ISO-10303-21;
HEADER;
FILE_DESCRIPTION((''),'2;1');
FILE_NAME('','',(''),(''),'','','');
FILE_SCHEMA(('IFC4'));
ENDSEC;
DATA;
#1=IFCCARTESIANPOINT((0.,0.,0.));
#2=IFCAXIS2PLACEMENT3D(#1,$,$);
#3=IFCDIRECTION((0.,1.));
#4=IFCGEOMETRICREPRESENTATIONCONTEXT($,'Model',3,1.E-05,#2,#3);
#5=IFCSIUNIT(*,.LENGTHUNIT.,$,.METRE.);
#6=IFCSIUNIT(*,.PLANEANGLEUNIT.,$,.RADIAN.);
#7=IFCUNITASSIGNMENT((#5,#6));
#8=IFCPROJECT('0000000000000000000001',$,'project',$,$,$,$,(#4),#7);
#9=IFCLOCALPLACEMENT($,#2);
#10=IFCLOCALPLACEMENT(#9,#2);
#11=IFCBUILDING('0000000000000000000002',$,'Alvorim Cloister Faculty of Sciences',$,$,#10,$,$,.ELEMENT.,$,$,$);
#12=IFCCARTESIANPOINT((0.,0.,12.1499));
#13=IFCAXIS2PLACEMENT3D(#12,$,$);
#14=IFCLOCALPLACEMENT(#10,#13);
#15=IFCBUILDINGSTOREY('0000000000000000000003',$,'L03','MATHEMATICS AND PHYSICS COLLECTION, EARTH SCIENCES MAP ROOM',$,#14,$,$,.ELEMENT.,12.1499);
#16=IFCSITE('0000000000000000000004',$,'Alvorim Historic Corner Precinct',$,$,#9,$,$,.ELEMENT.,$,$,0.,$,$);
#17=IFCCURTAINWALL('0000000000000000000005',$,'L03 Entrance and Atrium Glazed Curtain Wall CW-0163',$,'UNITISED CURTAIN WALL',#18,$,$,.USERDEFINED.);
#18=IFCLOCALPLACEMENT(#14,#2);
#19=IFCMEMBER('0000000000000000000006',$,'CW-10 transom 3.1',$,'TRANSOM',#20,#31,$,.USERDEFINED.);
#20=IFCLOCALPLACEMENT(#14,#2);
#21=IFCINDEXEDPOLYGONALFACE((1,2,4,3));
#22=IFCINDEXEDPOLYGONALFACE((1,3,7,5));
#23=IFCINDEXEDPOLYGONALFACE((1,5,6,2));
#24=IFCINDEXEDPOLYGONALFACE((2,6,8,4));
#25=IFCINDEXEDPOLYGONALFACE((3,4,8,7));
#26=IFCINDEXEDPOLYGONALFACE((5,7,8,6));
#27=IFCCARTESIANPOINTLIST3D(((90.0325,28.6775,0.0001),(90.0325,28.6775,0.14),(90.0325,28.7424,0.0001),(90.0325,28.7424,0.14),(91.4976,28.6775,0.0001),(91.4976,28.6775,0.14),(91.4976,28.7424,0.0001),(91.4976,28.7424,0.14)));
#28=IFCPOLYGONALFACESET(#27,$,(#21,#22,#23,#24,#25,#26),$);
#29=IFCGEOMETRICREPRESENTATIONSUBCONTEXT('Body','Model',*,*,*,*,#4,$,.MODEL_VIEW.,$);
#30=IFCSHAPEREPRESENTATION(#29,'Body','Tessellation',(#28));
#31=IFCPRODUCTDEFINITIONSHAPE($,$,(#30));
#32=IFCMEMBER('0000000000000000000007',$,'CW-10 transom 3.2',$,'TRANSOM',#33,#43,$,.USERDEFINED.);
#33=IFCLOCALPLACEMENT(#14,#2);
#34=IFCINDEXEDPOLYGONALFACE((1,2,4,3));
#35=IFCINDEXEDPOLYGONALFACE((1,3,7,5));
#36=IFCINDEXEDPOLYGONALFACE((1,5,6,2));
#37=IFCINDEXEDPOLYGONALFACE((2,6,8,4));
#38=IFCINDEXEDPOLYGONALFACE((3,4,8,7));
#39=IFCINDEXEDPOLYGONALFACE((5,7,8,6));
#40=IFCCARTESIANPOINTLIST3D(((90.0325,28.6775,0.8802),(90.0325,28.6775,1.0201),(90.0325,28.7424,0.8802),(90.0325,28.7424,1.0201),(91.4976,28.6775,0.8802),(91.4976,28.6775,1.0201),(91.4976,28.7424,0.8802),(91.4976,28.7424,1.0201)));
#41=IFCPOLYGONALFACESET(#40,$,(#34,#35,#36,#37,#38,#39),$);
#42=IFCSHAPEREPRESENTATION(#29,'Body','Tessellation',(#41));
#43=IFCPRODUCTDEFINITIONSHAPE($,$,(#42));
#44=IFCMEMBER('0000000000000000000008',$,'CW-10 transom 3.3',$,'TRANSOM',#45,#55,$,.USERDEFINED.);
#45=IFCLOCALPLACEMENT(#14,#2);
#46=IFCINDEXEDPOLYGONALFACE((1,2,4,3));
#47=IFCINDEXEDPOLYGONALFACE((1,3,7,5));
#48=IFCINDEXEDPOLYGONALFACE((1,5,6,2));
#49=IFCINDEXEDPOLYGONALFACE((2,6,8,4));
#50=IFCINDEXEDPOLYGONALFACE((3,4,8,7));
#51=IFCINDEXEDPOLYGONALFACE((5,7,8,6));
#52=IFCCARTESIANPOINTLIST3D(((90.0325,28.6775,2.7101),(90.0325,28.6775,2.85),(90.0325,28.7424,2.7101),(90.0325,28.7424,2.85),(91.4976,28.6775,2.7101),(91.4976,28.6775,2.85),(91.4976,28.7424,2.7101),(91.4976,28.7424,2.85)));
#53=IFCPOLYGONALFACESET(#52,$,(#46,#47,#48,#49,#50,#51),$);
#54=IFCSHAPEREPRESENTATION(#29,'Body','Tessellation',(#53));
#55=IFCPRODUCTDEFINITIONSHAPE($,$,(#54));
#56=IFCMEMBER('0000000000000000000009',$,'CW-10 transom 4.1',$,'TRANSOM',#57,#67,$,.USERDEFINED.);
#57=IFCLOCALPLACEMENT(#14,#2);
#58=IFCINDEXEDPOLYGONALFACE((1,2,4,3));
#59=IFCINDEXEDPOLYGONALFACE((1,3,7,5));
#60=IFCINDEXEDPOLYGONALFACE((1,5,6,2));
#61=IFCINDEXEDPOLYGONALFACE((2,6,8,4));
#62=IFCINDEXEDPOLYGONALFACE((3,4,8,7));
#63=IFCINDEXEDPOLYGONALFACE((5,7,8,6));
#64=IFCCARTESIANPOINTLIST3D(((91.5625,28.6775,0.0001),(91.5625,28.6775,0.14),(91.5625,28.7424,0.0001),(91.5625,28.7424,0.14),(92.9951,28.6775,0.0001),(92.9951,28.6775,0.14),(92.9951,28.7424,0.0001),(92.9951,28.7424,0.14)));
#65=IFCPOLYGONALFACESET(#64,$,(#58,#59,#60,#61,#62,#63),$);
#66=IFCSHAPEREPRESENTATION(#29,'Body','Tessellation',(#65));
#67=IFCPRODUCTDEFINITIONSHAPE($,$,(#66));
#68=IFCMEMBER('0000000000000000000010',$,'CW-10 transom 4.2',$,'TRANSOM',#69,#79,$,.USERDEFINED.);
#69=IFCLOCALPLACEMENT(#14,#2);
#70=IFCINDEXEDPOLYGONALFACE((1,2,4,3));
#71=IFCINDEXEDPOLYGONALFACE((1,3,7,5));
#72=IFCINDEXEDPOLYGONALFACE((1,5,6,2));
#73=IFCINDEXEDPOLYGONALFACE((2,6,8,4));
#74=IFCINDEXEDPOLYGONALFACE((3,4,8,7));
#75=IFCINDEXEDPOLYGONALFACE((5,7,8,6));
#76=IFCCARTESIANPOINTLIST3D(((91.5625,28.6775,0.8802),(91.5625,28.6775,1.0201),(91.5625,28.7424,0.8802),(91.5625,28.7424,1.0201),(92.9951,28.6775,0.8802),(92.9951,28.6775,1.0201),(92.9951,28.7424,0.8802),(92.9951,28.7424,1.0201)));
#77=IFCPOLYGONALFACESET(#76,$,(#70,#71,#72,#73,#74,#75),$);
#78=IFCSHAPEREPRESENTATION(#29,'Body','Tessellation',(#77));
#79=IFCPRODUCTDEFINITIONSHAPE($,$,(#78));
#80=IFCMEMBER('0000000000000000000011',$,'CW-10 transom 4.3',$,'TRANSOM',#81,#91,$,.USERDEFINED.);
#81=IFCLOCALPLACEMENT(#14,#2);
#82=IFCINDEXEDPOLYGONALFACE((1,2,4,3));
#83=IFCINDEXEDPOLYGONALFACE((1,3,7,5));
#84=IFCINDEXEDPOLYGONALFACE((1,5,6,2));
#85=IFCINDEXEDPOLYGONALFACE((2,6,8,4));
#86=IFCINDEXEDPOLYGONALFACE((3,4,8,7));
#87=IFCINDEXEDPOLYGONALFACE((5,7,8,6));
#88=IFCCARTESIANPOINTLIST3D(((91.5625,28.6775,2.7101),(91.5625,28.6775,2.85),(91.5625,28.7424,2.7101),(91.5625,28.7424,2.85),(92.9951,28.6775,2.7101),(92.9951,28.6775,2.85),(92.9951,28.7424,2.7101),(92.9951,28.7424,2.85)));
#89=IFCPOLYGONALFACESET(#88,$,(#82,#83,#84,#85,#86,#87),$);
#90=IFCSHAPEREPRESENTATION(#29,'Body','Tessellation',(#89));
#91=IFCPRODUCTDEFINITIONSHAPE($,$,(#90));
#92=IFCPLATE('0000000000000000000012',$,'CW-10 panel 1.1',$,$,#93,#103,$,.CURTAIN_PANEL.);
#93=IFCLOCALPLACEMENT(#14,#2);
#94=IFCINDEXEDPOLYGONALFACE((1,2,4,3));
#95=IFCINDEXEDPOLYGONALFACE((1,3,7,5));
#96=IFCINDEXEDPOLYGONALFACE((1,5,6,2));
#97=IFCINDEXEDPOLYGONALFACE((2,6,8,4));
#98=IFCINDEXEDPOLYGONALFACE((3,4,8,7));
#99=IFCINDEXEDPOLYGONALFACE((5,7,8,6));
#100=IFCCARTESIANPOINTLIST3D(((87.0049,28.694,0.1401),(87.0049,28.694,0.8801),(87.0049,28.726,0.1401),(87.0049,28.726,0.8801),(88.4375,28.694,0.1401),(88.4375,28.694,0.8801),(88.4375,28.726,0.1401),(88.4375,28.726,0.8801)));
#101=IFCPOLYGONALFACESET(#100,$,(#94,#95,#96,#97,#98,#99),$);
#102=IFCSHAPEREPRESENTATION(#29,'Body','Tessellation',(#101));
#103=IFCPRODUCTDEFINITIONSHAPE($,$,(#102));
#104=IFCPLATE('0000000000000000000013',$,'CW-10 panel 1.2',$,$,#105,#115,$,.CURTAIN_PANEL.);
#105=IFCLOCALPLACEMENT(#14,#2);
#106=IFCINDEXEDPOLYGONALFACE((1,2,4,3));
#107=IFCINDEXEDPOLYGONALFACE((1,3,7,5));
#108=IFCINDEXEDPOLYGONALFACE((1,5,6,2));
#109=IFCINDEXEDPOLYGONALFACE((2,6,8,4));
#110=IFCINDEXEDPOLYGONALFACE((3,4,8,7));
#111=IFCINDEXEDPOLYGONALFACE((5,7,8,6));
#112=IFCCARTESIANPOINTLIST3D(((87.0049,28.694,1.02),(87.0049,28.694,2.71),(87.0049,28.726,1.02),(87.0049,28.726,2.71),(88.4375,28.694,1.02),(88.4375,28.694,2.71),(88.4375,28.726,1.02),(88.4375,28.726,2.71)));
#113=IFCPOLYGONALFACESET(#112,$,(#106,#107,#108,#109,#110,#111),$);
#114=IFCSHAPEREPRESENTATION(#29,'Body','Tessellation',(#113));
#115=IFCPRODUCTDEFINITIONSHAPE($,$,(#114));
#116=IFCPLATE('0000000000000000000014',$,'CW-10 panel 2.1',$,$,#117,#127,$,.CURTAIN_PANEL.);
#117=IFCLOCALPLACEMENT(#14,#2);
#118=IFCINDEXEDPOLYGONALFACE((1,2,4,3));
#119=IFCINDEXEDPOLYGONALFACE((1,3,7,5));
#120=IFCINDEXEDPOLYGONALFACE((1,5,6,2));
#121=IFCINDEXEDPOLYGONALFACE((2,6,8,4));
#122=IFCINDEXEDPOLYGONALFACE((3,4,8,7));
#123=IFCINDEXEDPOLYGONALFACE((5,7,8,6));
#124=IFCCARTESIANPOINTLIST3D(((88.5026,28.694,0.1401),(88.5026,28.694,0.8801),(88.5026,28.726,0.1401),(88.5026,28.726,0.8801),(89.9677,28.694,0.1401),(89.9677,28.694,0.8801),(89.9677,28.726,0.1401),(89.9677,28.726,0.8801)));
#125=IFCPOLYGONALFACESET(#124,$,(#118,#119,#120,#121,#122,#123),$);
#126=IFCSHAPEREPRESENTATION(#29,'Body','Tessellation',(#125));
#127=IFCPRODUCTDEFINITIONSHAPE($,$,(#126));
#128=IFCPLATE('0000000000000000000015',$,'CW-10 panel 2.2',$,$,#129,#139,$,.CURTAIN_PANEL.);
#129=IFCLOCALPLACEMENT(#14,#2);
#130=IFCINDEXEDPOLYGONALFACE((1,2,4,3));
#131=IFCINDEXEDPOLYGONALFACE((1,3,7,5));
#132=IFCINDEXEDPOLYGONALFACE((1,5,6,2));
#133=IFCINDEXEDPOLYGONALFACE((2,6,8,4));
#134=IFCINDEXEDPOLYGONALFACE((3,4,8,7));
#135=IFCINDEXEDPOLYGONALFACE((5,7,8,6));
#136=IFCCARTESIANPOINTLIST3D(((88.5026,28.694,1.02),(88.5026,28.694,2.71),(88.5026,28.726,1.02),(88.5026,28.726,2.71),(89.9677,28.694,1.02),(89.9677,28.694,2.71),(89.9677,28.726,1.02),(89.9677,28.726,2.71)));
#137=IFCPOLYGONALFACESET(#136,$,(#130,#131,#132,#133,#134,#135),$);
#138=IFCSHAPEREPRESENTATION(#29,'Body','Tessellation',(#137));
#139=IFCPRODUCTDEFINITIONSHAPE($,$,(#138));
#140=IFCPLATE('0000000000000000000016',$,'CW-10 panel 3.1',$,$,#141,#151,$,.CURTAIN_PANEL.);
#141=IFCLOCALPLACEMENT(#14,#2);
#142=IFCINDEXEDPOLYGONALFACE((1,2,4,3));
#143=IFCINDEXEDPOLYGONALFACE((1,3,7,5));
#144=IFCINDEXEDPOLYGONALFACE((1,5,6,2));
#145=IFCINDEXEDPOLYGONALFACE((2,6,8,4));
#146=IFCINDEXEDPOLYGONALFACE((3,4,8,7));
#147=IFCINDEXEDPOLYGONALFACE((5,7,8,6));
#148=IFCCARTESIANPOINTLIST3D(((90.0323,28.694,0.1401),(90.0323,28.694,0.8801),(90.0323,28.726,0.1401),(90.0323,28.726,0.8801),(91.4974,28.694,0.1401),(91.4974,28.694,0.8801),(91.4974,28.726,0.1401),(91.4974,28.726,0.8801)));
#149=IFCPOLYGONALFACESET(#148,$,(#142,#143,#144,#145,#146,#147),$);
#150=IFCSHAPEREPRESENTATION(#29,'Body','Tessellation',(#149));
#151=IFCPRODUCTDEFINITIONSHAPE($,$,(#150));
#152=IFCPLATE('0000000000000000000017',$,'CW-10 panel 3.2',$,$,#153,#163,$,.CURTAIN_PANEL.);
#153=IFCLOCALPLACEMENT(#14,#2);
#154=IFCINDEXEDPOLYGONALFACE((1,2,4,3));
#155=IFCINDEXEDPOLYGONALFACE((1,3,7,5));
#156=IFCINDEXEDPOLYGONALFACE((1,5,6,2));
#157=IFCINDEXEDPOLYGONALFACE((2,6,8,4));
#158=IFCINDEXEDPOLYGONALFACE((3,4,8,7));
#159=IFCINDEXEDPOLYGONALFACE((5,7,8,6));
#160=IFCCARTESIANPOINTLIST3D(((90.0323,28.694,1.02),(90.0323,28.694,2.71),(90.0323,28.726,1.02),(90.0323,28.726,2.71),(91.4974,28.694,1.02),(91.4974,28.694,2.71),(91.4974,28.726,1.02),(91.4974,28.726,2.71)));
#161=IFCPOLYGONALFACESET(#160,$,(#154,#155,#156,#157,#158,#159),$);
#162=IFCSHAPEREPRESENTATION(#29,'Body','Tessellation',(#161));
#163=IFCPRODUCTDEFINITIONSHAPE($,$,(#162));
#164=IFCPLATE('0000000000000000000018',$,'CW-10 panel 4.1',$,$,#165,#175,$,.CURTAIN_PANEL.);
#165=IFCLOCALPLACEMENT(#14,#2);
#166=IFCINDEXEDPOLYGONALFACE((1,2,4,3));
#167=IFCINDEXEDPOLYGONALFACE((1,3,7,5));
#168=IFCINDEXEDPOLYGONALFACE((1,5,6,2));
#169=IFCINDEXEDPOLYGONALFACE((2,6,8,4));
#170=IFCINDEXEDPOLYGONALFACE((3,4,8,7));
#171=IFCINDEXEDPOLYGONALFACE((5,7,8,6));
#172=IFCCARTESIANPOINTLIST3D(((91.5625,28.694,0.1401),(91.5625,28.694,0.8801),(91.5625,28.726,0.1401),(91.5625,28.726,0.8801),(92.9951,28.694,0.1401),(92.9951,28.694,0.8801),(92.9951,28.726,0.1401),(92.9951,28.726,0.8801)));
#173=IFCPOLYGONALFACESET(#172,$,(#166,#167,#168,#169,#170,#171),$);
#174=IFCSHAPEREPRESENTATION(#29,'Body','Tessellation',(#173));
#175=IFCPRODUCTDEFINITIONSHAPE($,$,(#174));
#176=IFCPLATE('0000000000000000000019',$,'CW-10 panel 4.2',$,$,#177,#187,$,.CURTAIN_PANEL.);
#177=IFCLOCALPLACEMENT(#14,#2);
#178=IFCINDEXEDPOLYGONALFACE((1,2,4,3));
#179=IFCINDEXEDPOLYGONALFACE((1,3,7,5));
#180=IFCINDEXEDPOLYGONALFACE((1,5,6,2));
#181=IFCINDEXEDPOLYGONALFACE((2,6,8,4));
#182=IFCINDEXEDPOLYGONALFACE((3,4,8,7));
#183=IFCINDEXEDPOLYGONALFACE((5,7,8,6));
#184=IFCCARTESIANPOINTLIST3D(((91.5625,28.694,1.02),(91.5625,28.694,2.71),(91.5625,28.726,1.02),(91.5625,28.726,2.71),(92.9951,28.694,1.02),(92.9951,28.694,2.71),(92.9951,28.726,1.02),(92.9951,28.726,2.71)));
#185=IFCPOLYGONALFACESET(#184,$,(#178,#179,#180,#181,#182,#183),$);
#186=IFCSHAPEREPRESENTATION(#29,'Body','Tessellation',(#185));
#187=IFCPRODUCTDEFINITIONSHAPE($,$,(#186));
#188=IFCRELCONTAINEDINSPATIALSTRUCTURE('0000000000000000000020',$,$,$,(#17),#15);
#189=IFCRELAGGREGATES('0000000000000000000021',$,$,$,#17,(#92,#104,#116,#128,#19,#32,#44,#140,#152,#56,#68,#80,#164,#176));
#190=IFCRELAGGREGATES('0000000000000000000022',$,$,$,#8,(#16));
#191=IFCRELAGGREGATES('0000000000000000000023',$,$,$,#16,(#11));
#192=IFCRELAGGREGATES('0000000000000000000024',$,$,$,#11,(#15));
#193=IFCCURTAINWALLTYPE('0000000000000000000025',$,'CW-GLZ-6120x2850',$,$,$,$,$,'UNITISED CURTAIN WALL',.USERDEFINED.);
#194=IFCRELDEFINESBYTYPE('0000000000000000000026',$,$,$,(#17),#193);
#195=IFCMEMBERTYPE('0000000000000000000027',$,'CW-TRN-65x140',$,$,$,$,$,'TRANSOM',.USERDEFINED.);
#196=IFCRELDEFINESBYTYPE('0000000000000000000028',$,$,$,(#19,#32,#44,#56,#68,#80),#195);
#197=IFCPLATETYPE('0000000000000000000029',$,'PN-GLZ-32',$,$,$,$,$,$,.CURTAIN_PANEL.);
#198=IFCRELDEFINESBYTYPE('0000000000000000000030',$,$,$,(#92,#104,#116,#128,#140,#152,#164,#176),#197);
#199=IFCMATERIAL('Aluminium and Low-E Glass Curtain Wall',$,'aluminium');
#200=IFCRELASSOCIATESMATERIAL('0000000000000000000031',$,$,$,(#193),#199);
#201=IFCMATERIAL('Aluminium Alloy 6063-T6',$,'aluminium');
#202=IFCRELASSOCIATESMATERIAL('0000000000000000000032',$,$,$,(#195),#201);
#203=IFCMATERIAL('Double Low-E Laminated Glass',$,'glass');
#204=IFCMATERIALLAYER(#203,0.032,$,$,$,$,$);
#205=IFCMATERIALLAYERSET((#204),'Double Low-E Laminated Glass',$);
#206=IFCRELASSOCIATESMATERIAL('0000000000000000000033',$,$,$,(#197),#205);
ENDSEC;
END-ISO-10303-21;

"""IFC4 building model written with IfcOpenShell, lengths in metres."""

from ifc_helpers import new_model, si_unit, direction, frame, origin, origin_2d, place, context, subcontext, project, spatial, rectangle, extrude, material, layer, layer_set, material_profile, profile_set, type_object, element, aggregate, save


model = new_model("IFC4")

# Units and contexts
model_context = context("Model", 3, precision=1e-05, world=origin(), true_north=direction((0.0, 1.0)))
body_context = subcontext(model_context, "Body", "Model", "MODEL_VIEW")
ifc_project = project(units=[si_unit("LENGTHUNIT", "METRE"), si_unit("PLANEANGLEUNIT", "RADIAN")], contexts=[model_context])

# Site, building, storey
site_placement = place(None, origin())
site = spatial("IfcSite", under=ifc_project, at=site_placement, Name="Alvorim Historic Corner Precinct", CompositionType="ELEMENT", RefElevation=0.0)
building_placement = place(site_placement, origin())
building = spatial("IfcBuilding", under=site, at=building_placement, Name="Alvorim Cloister Faculty of Sciences", CompositionType="ELEMENT")
storey_placement = place(building_placement, frame((0.0, 0.0, 12.1499)))
storey = spatial("IfcBuildingStorey", under=building, at=storey_placement, Name="L03", Description="MATHEMATICS AND PHYSICS COLLECTION, EARTH SCIENCES MAP ROOM", CompositionType="ELEMENT", Elevation=12.1499)

# Curtain wall, members, plates
ifc_material_1 = material(Name="Aluminium and Low-E Glass Curtain Wall", Category="aluminium")
curtain_wall_type = type_object("IfcCurtainWallType", Name="CW-GLZ-6120x2850", ElementType="UNITISED CURTAIN WALL", PredefinedType="USERDEFINED", material=ifc_material_1)
curtain_wall_placement = place(storey_placement, origin())
curtain_wall = element("IfcCurtainWall", 1, at=curtain_wall_placement, inside=storey, type_object=curtain_wall_type, Name="L03 Entrance and Atrium Glazed Curtain Wall CW-0163", ObjectType="UNITISED CURTAIN WALL", PredefinedType="USERDEFINED")
ifc_material_2 = material(Name="Aluminium Alloy 6063-T6", Category="aluminium")
ifc_material_profile_1 = material_profile(ifc_material_2, rectangle(XDim=0.0649, YDim=0.1399, at=origin_2d()), Name="ALU-TRN-65x140")
ifc_profile_set_1 = profile_set([ifc_material_profile_1], Name="Aluminium Alloy 6063-T6")
member_type_1 = type_object("IfcMemberType", Name="CW-TRN-65x140", ElementType="TRANSOM", PredefinedType="USERDEFINED", material=ifc_profile_set_1)
member_1_placement = place(storey_placement, frame((90.0325, 28.71, 0.0701), z_axis=(1.0, 0.0, 0.0), x_axis=(0.0, 1.0, 0.0)))
member_1 = element("IfcMember", 2, at=member_1_placement, type_object=member_type_1, Name="CW-10 transom 3.1", ObjectType="TRANSOM", PredefinedType="USERDEFINED", context=body_context, shape_type="SweptSolid", body=[
    extrude(rectangle(XDim=0.0649, YDim=0.1399, at=origin_2d()), origin(), (0.0, 0.0, 1.0), 1.4651),
])
member_2_placement = place(storey_placement, frame((90.0325, 28.71, 0.9502), z_axis=(1.0, 0.0, 0.0), x_axis=(0.0, 1.0, 0.0)))
member_2 = element("IfcMember", 3, at=member_2_placement, type_object=member_type_1, Name="CW-10 transom 3.2", ObjectType="TRANSOM", PredefinedType="USERDEFINED", context=body_context, shape_type="SweptSolid", body=[
    extrude(rectangle(XDim=0.0649, YDim=0.1399, at=origin_2d()), origin(), (0.0, 0.0, 1.0), 1.4651),
])
member_3_placement = place(storey_placement, frame((90.0325, 28.71, 2.78), z_axis=(1.0, 0.0, 0.0), x_axis=(0.0, 1.0, 0.0)))
member_3 = element("IfcMember", 4, at=member_3_placement, type_object=member_type_1, Name="CW-10 transom 3.3", ObjectType="TRANSOM", PredefinedType="USERDEFINED", context=body_context, shape_type="SweptSolid", body=[
    extrude(rectangle(XDim=0.0649, YDim=0.1399, at=origin_2d()), origin(), (0.0, 0.0, 1.0), 1.4651),
])
member_4_placement = place(storey_placement, frame((91.5625, 28.71, 0.0701), z_axis=(1.0, 0.0, 0.0), x_axis=(0.0, 1.0, 0.0)))
member_4 = element("IfcMember", 5, at=member_4_placement, type_object=member_type_1, Name="CW-10 transom 4.1", ObjectType="TRANSOM", PredefinedType="USERDEFINED", context=body_context, shape_type="SweptSolid", body=[
    extrude(rectangle(XDim=0.0649, YDim=0.1399, at=origin_2d()), origin(), (0.0, 0.0, 1.0), 1.4326),
])
member_5_placement = place(storey_placement, frame((91.5625, 28.71, 0.9502), z_axis=(1.0, 0.0, 0.0), x_axis=(0.0, 1.0, 0.0)))
member_5 = element("IfcMember", 6, at=member_5_placement, type_object=member_type_1, Name="CW-10 transom 4.2", ObjectType="TRANSOM", PredefinedType="USERDEFINED", context=body_context, shape_type="SweptSolid", body=[
    extrude(rectangle(XDim=0.0649, YDim=0.1399, at=origin_2d()), origin(), (0.0, 0.0, 1.0), 1.4326),
])
member_6_placement = place(storey_placement, frame((91.5625, 28.71, 2.78), z_axis=(1.0, 0.0, 0.0), x_axis=(0.0, 1.0, 0.0)))
member_6 = element("IfcMember", 7, at=member_6_placement, type_object=member_type_1, Name="CW-10 transom 4.3", ObjectType="TRANSOM", PredefinedType="USERDEFINED", context=body_context, shape_type="SweptSolid", body=[
    extrude(rectangle(XDim=0.0649, YDim=0.1399, at=origin_2d()), origin(), (0.0, 0.0, 1.0), 1.4326),
])
ifc_material_3 = material(Name="Double Low-E Laminated Glass", Category="glass")
ifc_layer = layer(ifc_material_3, 0.032)
ifc_layer_set = layer_set([ifc_layer], Name="Double Low-E Laminated Glass")
plate_type = type_object("IfcPlateType", Name="PN-GLZ-32", PredefinedType="CURTAIN_PANEL", material=ifc_layer_set)
plate_1_placement = place(storey_placement, frame((87.7212, 28.71, 0.1401), z_axis=(0.0, 0.0, 1.0), x_axis=(1.0, 0.0, 0.0)))
plate_1 = element("IfcPlate", 8, at=plate_1_placement, type_object=plate_type, Name="CW-10 panel 1.1", PredefinedType="CURTAIN_PANEL", context=body_context, shape_type="SweptSolid", body=[
    extrude(rectangle(XDim=1.4326, YDim=0.032, at=origin_2d()), origin(), (0.0, 0.0, 1.0), 0.74),
])
plate_2_placement = place(storey_placement, frame((87.7212, 28.71, 1.02), z_axis=(0.0, 0.0, 1.0), x_axis=(1.0, 0.0, 0.0)))
plate_2 = element("IfcPlate", 9, at=plate_2_placement, type_object=plate_type, Name="CW-10 panel 1.2", PredefinedType="CURTAIN_PANEL", context=body_context, shape_type="SweptSolid", body=[
    extrude(rectangle(XDim=1.4326, YDim=0.032, at=origin_2d()), origin(), (0.0, 0.0, 1.0), 1.6899),
])
plate_3_placement = place(storey_placement, frame((89.2351, 28.71, 0.1401), z_axis=(0.0, 0.0, 1.0), x_axis=(1.0, 0.0, 0.0)))
plate_3 = element("IfcPlate", 10, at=plate_3_placement, type_object=plate_type, Name="CW-10 panel 2.1", PredefinedType="CURTAIN_PANEL", context=body_context, shape_type="SweptSolid", body=[
    extrude(rectangle(XDim=1.4651, YDim=0.032, at=origin_2d()), origin(), (0.0, 0.0, 1.0), 0.74),
])
plate_4_placement = place(storey_placement, frame((89.2351, 28.71, 1.02), z_axis=(0.0, 0.0, 1.0), x_axis=(1.0, 0.0, 0.0)))
plate_4 = element("IfcPlate", 11, at=plate_4_placement, type_object=plate_type, Name="CW-10 panel 2.2", PredefinedType="CURTAIN_PANEL", context=body_context, shape_type="SweptSolid", body=[
    extrude(rectangle(XDim=1.4651, YDim=0.032, at=origin_2d()), origin(), (0.0, 0.0, 1.0), 1.6899),
])
plate_5_placement = place(storey_placement, frame((90.7649, 28.71, 0.1401), z_axis=(0.0, 0.0, 1.0), x_axis=(1.0, 0.0, 0.0)))
plate_5 = element("IfcPlate", 12, at=plate_5_placement, type_object=plate_type, Name="CW-10 panel 3.1", PredefinedType="CURTAIN_PANEL", context=body_context, shape_type="SweptSolid", body=[
    extrude(rectangle(XDim=1.4651, YDim=0.032, at=origin_2d()), origin(), (0.0, 0.0, 1.0), 0.74),
])
plate_6_placement = place(storey_placement, frame((90.7649, 28.71, 1.02), z_axis=(0.0, 0.0, 1.0), x_axis=(1.0, 0.0, 0.0)))
plate_6 = element("IfcPlate", 13, at=plate_6_placement, type_object=plate_type, Name="CW-10 panel 3.2", PredefinedType="CURTAIN_PANEL", context=body_context, shape_type="SweptSolid", body=[
    extrude(rectangle(XDim=1.4651, YDim=0.032, at=origin_2d()), origin(), (0.0, 0.0, 1.0), 1.6899),
])
plate_7_placement = place(storey_placement, frame((92.2788, 28.71, 0.1401), z_axis=(0.0, 0.0, 1.0), x_axis=(1.0, 0.0, 0.0)))
plate_7 = element("IfcPlate", 14, at=plate_7_placement, type_object=plate_type, Name="CW-10 panel 4.1", PredefinedType="CURTAIN_PANEL", context=body_context, shape_type="SweptSolid", body=[
    extrude(rectangle(XDim=1.4326, YDim=0.032, at=origin_2d()), origin(), (0.0, 0.0, 1.0), 0.74),
])
plate_8_placement = place(storey_placement, frame((92.2788, 28.71, 1.02), z_axis=(0.0, 0.0, 1.0), x_axis=(1.0, 0.0, 0.0)))
plate_8 = element("IfcPlate", 15, at=plate_8_placement, type_object=plate_type, Name="CW-10 panel 4.2", PredefinedType="CURTAIN_PANEL", context=body_context, shape_type="SweptSolid", body=[
    extrude(rectangle(XDim=1.4326, YDim=0.032, at=origin_2d()), origin(), (0.0, 0.0, 1.0), 1.6899),
])
aggregate(curtain_wall, [plate_1, plate_2, plate_3, plate_4, member_1, member_2, member_3, plate_5, plate_6, member_4, member_5, member_6, plate_7, plate_8])

save(model, "model.ifc")
